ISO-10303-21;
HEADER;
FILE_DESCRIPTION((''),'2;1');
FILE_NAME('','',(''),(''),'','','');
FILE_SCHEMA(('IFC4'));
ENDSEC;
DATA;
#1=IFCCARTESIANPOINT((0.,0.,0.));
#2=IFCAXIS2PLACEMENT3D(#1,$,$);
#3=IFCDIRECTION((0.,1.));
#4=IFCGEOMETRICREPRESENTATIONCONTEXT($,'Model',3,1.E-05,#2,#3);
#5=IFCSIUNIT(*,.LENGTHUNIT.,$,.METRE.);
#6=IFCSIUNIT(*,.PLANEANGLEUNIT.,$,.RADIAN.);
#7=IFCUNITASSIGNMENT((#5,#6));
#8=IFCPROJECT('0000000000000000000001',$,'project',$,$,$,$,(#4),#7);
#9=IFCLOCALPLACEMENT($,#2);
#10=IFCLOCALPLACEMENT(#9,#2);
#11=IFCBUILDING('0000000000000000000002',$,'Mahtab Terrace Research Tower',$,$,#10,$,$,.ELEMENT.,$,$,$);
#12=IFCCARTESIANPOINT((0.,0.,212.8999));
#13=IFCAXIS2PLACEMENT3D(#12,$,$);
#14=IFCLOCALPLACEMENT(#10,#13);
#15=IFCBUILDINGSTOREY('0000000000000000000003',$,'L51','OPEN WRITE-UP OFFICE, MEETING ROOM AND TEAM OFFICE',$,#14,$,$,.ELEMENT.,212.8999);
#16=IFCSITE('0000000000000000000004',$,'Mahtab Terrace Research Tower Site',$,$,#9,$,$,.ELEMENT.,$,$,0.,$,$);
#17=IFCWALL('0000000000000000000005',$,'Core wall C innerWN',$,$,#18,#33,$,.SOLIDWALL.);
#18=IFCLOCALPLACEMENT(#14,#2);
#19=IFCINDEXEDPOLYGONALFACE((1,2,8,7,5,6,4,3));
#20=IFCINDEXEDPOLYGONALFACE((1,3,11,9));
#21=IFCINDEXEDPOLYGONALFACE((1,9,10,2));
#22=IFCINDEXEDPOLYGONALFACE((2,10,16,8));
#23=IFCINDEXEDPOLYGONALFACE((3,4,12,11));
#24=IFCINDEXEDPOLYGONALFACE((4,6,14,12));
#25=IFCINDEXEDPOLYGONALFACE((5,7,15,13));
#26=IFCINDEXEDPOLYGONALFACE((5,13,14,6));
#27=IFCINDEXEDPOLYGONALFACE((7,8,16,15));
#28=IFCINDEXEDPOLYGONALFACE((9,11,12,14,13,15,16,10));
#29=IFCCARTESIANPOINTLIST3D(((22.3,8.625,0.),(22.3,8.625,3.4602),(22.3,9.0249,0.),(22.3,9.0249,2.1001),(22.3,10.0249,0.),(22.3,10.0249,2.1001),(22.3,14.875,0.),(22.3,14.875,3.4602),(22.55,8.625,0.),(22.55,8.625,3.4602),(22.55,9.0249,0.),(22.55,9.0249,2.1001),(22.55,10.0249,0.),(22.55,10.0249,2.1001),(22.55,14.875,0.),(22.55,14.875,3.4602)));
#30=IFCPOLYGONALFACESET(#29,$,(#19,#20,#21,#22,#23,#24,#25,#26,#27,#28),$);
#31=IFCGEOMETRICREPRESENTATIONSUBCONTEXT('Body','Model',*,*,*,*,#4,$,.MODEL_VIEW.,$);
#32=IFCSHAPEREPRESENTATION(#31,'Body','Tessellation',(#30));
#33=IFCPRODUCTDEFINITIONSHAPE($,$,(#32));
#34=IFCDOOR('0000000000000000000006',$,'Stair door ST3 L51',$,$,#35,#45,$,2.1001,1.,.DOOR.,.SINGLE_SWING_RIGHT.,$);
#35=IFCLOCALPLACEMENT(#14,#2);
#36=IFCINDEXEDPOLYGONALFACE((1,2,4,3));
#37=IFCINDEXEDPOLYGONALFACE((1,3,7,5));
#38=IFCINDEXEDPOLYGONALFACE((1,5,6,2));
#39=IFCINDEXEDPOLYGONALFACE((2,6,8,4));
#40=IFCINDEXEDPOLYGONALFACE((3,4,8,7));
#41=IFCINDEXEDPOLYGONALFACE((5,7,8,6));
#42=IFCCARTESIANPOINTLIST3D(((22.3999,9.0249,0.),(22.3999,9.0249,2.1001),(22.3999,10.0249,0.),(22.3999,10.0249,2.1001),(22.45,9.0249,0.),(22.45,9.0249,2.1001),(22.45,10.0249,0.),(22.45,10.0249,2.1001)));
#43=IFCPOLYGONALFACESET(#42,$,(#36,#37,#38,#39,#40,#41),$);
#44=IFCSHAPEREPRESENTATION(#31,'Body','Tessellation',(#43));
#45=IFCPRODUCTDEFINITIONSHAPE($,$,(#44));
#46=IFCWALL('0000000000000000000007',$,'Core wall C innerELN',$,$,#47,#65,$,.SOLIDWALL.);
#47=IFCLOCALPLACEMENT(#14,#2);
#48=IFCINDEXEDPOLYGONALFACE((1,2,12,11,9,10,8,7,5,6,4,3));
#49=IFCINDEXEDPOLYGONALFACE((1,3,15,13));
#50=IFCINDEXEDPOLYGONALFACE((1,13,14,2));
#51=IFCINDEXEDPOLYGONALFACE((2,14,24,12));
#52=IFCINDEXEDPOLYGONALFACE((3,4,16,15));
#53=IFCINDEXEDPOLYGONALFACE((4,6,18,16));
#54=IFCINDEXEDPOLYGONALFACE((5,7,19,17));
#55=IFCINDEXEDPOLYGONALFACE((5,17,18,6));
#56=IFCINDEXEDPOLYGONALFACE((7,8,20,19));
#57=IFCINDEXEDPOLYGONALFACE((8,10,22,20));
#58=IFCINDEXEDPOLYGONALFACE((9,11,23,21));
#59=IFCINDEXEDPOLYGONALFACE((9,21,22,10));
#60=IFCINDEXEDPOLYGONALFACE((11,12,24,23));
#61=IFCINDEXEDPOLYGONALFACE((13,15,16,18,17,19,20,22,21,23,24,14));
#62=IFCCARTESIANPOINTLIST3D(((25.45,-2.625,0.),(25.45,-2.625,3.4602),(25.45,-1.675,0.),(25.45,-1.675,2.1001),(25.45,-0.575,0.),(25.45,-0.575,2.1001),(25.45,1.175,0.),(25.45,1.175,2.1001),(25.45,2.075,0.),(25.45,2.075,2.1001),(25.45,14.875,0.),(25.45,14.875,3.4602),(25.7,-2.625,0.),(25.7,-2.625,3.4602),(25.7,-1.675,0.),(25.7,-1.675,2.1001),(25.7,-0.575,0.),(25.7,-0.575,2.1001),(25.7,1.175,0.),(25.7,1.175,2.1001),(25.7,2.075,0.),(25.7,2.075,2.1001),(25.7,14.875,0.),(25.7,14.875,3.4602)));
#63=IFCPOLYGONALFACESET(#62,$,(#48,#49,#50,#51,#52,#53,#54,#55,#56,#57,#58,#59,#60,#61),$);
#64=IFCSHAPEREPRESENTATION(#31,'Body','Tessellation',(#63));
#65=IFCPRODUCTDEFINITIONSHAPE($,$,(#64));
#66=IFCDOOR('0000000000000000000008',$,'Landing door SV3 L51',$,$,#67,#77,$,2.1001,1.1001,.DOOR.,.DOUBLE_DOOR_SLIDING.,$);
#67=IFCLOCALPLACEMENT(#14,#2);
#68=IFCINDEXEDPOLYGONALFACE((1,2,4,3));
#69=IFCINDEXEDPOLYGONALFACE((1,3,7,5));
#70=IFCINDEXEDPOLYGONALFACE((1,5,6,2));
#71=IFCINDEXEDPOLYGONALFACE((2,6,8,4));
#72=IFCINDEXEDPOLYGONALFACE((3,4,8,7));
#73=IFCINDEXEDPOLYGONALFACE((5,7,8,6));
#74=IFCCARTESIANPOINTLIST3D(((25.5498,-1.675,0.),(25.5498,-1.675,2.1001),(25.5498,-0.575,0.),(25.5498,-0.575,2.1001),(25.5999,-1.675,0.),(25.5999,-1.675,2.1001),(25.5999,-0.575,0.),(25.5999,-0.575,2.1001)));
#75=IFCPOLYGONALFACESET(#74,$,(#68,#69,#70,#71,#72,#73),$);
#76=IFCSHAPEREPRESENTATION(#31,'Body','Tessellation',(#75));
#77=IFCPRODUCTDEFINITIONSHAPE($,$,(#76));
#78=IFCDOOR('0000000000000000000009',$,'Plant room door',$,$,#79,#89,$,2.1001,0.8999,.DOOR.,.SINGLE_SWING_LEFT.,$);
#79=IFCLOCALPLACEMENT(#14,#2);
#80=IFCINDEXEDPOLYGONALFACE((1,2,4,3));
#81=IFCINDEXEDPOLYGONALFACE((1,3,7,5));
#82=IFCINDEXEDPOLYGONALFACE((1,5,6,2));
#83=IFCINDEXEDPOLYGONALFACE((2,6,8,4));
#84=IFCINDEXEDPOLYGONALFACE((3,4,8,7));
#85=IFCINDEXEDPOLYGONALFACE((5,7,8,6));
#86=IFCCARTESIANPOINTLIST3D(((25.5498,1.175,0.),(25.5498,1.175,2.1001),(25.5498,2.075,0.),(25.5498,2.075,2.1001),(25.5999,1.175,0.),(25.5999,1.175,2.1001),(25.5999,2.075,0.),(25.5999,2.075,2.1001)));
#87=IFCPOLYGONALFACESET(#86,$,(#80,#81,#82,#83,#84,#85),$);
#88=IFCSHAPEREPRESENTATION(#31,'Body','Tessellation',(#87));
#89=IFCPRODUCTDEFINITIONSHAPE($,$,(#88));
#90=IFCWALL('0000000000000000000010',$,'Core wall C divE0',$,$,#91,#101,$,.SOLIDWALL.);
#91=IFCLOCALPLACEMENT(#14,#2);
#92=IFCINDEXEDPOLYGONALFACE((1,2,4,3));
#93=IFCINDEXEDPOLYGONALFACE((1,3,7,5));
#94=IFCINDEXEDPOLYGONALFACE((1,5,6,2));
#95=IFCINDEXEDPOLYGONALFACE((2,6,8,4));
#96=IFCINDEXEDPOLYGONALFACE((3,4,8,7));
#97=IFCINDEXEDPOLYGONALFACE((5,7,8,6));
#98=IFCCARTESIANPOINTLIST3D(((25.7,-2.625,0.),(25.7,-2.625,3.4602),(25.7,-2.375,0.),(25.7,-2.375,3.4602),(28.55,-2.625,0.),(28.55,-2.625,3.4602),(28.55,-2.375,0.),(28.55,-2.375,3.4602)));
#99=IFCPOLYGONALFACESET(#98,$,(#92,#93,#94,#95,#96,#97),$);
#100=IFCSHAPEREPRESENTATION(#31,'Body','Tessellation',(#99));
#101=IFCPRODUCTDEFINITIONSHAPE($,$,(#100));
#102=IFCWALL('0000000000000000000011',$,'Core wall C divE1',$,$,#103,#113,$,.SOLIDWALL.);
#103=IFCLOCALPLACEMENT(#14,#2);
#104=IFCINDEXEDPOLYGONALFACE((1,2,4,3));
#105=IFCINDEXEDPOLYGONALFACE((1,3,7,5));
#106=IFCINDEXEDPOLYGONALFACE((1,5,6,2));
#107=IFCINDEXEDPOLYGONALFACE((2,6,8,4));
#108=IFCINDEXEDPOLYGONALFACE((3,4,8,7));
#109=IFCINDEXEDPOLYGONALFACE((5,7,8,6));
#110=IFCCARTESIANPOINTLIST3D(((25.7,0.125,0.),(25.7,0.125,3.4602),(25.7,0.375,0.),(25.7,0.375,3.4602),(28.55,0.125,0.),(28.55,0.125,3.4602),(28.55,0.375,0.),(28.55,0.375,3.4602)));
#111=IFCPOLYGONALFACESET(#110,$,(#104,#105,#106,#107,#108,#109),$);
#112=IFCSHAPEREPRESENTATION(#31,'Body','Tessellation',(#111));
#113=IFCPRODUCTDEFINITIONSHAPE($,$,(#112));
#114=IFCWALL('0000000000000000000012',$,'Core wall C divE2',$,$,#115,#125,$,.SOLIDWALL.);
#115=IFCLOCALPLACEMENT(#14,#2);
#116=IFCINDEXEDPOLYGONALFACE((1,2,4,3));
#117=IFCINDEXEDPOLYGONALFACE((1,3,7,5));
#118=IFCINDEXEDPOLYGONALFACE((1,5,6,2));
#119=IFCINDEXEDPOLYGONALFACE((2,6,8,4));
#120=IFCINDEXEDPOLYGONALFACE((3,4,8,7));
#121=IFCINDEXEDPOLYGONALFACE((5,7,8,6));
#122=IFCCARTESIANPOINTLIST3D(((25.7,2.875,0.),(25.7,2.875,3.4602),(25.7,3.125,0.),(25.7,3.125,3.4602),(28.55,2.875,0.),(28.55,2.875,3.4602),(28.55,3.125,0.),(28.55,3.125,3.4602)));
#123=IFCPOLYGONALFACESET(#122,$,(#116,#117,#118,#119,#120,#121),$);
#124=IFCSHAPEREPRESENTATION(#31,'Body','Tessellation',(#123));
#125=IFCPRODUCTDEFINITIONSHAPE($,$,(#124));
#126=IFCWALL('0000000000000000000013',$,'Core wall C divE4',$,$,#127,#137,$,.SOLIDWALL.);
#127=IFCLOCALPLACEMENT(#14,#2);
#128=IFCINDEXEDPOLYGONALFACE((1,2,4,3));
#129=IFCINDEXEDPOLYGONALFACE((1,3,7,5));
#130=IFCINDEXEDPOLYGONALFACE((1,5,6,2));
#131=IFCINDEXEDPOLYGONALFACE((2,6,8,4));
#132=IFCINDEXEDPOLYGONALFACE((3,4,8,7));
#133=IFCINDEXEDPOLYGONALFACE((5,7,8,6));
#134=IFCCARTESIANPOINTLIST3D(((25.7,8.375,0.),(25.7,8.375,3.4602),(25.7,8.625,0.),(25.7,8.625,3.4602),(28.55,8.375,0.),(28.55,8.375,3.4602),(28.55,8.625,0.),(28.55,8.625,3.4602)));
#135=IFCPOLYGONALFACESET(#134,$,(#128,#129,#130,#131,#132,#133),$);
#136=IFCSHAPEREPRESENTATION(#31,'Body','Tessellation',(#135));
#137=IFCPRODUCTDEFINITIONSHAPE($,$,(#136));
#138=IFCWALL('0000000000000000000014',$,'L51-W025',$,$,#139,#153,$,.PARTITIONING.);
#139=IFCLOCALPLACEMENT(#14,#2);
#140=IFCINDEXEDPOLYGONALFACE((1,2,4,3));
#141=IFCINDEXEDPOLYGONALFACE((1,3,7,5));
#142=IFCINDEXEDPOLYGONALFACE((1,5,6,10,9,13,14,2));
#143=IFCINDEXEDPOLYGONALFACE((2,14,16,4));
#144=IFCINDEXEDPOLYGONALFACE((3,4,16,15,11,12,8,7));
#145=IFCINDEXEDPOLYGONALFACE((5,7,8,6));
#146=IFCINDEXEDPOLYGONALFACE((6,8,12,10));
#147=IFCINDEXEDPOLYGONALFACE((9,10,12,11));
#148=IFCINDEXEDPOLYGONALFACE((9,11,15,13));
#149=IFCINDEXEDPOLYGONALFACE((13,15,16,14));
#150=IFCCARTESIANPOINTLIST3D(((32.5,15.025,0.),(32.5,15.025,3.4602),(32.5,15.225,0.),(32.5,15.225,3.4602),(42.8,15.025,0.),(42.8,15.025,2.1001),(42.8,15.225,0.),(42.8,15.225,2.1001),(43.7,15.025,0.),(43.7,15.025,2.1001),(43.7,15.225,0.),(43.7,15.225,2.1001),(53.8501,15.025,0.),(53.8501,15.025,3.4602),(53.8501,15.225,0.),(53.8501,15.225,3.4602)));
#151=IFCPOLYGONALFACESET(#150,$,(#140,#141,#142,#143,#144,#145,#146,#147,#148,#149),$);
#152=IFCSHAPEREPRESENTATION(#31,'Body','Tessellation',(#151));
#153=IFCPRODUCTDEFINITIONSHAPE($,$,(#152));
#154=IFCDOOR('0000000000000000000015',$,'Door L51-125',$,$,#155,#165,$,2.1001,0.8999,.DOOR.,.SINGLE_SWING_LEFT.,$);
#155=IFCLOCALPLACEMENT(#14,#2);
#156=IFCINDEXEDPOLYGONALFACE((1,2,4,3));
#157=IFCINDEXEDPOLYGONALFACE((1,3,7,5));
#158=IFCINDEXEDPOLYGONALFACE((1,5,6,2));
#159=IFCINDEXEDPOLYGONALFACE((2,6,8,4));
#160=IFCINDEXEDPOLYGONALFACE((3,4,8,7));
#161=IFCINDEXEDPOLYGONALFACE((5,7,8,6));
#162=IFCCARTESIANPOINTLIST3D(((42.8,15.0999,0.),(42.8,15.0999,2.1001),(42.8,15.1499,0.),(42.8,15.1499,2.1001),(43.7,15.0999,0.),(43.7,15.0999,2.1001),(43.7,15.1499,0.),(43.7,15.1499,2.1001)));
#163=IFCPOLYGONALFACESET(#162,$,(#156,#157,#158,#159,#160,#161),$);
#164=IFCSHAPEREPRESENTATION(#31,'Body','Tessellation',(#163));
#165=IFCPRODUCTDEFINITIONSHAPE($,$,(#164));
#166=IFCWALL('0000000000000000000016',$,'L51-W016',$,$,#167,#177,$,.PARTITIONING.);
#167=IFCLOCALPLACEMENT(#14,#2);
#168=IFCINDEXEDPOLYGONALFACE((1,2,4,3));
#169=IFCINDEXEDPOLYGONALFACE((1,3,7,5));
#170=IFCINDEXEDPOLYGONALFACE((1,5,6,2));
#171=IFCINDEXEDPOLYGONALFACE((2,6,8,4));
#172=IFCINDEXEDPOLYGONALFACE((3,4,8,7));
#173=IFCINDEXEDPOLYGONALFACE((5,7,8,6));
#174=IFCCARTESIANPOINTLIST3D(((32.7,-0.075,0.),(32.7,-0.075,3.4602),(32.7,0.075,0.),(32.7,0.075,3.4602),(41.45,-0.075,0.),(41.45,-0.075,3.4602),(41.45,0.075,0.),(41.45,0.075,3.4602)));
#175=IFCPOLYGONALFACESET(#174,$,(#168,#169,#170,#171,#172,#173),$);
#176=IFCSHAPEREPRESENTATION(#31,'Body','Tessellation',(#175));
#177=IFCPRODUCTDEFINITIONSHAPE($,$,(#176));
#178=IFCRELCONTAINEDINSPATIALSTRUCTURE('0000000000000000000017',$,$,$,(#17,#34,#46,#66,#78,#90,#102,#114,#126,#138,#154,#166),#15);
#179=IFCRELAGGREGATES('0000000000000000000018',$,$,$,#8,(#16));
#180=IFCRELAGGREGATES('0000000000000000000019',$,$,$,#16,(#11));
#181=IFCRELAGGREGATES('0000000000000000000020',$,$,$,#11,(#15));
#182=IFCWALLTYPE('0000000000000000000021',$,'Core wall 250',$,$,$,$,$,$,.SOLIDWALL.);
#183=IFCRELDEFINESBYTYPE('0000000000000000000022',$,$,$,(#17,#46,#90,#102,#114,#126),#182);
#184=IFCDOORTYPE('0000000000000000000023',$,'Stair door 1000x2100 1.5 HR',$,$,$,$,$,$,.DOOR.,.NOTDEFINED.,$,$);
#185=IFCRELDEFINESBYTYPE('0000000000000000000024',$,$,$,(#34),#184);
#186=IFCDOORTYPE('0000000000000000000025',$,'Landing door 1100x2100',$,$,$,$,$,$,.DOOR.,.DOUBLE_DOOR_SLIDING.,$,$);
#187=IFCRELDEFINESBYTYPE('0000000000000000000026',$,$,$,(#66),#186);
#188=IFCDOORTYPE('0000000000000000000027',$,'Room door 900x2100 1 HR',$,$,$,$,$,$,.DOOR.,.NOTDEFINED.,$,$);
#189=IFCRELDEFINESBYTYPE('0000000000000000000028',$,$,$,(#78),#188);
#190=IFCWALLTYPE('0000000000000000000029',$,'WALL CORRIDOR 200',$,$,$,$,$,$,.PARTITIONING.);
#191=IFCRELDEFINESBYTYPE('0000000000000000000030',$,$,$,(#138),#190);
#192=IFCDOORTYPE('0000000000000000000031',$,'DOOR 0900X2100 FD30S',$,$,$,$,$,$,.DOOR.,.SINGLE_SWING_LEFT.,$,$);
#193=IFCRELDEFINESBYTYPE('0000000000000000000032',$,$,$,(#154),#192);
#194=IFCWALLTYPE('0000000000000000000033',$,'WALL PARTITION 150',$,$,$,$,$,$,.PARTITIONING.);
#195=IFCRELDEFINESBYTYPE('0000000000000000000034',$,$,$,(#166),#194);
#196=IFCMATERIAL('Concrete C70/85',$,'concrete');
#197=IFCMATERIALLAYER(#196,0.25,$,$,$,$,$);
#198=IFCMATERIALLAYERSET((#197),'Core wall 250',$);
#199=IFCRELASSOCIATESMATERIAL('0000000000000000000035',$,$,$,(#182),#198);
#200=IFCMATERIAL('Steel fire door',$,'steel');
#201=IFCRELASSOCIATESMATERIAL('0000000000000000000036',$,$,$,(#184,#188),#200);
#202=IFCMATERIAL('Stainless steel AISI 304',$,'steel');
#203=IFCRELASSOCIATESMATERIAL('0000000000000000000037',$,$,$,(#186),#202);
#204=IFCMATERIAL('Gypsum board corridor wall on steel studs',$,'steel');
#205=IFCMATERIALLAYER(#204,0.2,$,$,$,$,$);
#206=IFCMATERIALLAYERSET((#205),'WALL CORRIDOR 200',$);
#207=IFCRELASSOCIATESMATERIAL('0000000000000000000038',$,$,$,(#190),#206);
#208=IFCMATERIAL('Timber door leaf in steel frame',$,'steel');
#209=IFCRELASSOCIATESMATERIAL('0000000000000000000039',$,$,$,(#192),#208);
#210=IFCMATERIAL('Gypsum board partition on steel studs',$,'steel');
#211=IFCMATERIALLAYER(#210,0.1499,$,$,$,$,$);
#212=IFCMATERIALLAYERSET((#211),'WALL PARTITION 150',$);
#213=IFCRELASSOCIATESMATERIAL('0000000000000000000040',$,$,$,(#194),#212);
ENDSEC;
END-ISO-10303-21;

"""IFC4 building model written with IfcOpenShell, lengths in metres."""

from ifc_helpers import new_model, si_unit, direction, frame, frame_2d, origin, place, context, subcontext, project, spatial, rectangle, extrude, material, layer, layer_set, type_object, element, fill, save


model = new_model("IFC4")

# Units and contexts
model_context = context("Model", 3, precision=1e-05, world=origin(), true_north=direction((0.0, 1.0)))
body_context = subcontext(model_context, "Body", "Model", "MODEL_VIEW")
ifc_project = project(units=[si_unit("LENGTHUNIT", "METRE"), si_unit("PLANEANGLEUNIT", "RADIAN")], contexts=[model_context])

# Site, building, storey
site_placement = place(None, origin())
site = spatial("IfcSite", under=ifc_project, at=site_placement, Name="Mahtab Terrace Research Tower Site", CompositionType="ELEMENT", RefElevation=0.0)
building_placement = place(site_placement, origin())
building = spatial("IfcBuilding", under=site, at=building_placement, Name="Mahtab Terrace Research Tower", CompositionType="ELEMENT")
storey_placement = place(building_placement, frame((0.0, 0.0, 212.8999)))
storey = spatial("IfcBuildingStorey", under=building, at=storey_placement, Name="L51", Description="OPEN WRITE-UP OFFICE, MEETING ROOM AND TEAM OFFICE", CompositionType="ELEMENT", Elevation=212.8999)

# Shared definitions
ifc_material_1 = material(Name="Concrete C70/85", Category="concrete")

# Wall, opening, door
ifc_layer_1 = layer(ifc_material_1, 0.25)
ifc_layer_set_1 = layer_set([ifc_layer_1], Name="Core wall 250")
wall_type_1 = type_object("IfcWallType", Name="Core wall 250", PredefinedType="SOLIDWALL", material=ifc_layer_set_1)
wall_1_placement = place(storey_placement, frame((22.425, 14.875, 0.0), z_axis=(0.0, 0.0, 1.0), x_axis=(0.0, -1.0, 0.0)))
wall_1 = element("IfcWall", 1, at=wall_1_placement, inside=storey, type_object=wall_type_1, Name="Core wall C innerWN", PredefinedType="SOLIDWALL", context=body_context, shape_type="SweptSolid", body=[
    extrude(rectangle(XDim=6.25, YDim=0.25, at=frame_2d((3.125, 0.0))), origin(), (0.0, 0.0, 1.0), 3.4602),
])
opening_1_placement = place(wall_1_placement, frame((4.8501, 0.0, 0.0)))
opening_1 = element("IfcOpeningElement", 2, at=opening_1_placement, cuts=wall_1, PredefinedType="OPENING", context=body_context, shape_type="SweptSolid", body=[
    extrude(rectangle(XDim=1.0, YDim=2.1001, at=frame_2d((0.5, 1.05))), frame((0.0, 0.135, 0.0), z_axis=(0.0, -1.0, 0.0), x_axis=(1.0, 0.0, 0.0)), (0.0, 0.0, 1.0), 0.27),
])
ifc_material_2 = material(Name="Steel fire door", Category="steel")
door_type_1 = type_object("IfcDoorType", Name="Stair door 1000x2100 1.5 HR", OperationType="NOTDEFINED", PredefinedType="DOOR", material=ifc_material_2)
door_1_placement = place(opening_1_placement, origin())
door_1 = element("IfcDoor", 3, at=door_1_placement, inside=storey, type_object=door_type_1, Name="Stair door ST3 L51", OperationType="SINGLE_SWING_RIGHT", OverallHeight=2.1001, OverallWidth=1.0, PredefinedType="DOOR", context=body_context, shape_type="SweptSolid", body=[
    extrude(rectangle(XDim=1.0, YDim=2.1001, at=frame_2d((0.5, 1.05))), frame((0.0, 0.0249, 0.0), z_axis=(0.0, -1.0, 0.0), x_axis=(1.0, 0.0, 0.0)), (0.0, 0.0, 1.0), 0.05),
])
fill(opening_1, door_1)

# Wall, openings, doors
wall_2_placement = place(storey_placement, frame((25.575, 14.875, 0.0), z_axis=(0.0, 0.0, 1.0), x_axis=(0.0, -1.0, 0.0)))
wall_2 = element("IfcWall", 4, at=wall_2_placement, inside=storey, type_object=wall_type_1, Name="Core wall C innerELN", PredefinedType="SOLIDWALL", context=body_context, shape_type="SweptSolid", body=[
    extrude(rectangle(XDim=17.5, YDim=0.25, at=frame_2d((8.75, 0.0))), origin(), (0.0, 0.0, 1.0), 3.4602),
])
opening_2_placement = place(wall_2_placement, frame((15.45, 0.0, 0.0)))
opening_2 = element("IfcOpeningElement", 5, at=opening_2_placement, cuts=wall_2, PredefinedType="OPENING", context=body_context, shape_type="SweptSolid", body=[
    extrude(rectangle(XDim=1.1001, YDim=2.1001, at=frame_2d((0.55, 1.05))), frame((0.0, 0.135, 0.0), z_axis=(0.0, -1.0, 0.0), x_axis=(1.0, 0.0, 0.0)), (0.0, 0.0, 1.0), 0.27),
])
opening_3_placement = place(wall_2_placement, frame((12.8, 0.0, 0.0)))
opening_3 = element("IfcOpeningElement", 6, at=opening_3_placement, cuts=wall_2, PredefinedType="OPENING", context=body_context, shape_type="SweptSolid", body=[
    extrude(rectangle(XDim=0.8999, YDim=2.1001, at=frame_2d((0.45, 1.05))), frame((0.0, 0.135, 0.0), z_axis=(0.0, -1.0, 0.0), x_axis=(1.0, 0.0, 0.0)), (0.0, 0.0, 1.0), 0.27),
])
ifc_material_3 = material(Name="Stainless steel AISI 304", Category="steel")
door_type_2 = type_object("IfcDoorType", Name="Landing door 1100x2100", OperationType="DOUBLE_DOOR_SLIDING", PredefinedType="DOOR", material=ifc_material_3)
door_2_placement = place(opening_2_placement, origin())
door_2 = element("IfcDoor", 7, at=door_2_placement, inside=storey, type_object=door_type_2, Name="Landing door SV3 L51", OperationType="DOUBLE_DOOR_SLIDING", OverallHeight=2.1001, OverallWidth=1.1001, PredefinedType="DOOR", context=body_context, shape_type="SweptSolid", body=[
    extrude(rectangle(XDim=1.1001, YDim=2.1001, at=frame_2d((0.55, 1.05))), frame((0.0, 0.0249, 0.0), z_axis=(0.0, -1.0, 0.0), x_axis=(1.0, 0.0, 0.0)), (0.0, 0.0, 1.0), 0.05),
])
fill(opening_2, door_2)
door_type_3 = type_object("IfcDoorType", Name="Room door 900x2100 1 HR", OperationType="NOTDEFINED", PredefinedType="DOOR", material=ifc_material_2)
door_3_placement = place(opening_3_placement, origin())
door_3 = element("IfcDoor", 8, at=door_3_placement, inside=storey, type_object=door_type_3, Name="Plant room door", OperationType="SINGLE_SWING_LEFT", OverallHeight=2.1001, OverallWidth=0.8999, PredefinedType="DOOR", context=body_context, shape_type="SweptSolid", body=[
    extrude(rectangle(XDim=0.8999, YDim=2.1001, at=frame_2d((0.45, 1.05))), frame((0.0, 0.0249, 0.0), z_axis=(0.0, -1.0, 0.0), x_axis=(1.0, 0.0, 0.0)), (0.0, 0.0, 1.0), 0.05),
])
fill(opening_3, door_3)

# Walls
for number, where, z_axis, x_axis, name in (
    (9, (25.7, -2.5, 0.0), (0.0, 0.0, 1.0), (1.0, 0.0, 0.0), "Core wall C divE0"),
    (10, (25.7, 0.25, 0.0), (0.0, 0.0, 1.0), (1.0, 0.0, 0.0), "Core wall C divE1"),
    (11, (25.7, 3.0, 0.0), (0.0, 0.0, 1.0), (1.0, 0.0, 0.0), "Core wall C divE2"),
    (12, (25.7, 8.5, 0.0), (0.0, 0.0, 1.0), (1.0, 0.0, 0.0), "Core wall C divE4"),
):
    element("IfcWall", number, at=place(storey_placement, frame(where, z_axis=z_axis, x_axis=x_axis)), inside=storey, type_object=wall_type_1, Name=name, PredefinedType="SOLIDWALL", context=body_context, shape_type="SweptSolid", body=[
        extrude(rectangle(XDim=2.8501, YDim=0.25, at=frame_2d((1.425, 0.0))), origin(), (0.0, 0.0, 1.0), 3.4602),
    ])

# Wall, opening, door
ifc_material_4 = material(Name="Gypsum board corridor wall on steel studs", Category="steel")
ifc_layer_2 = layer(ifc_material_4, 0.2)
ifc_layer_set_2 = layer_set([ifc_layer_2], Name="WALL CORRIDOR 200")
wall_type_2 = type_object("IfcWallType", Name="WALL CORRIDOR 200", PredefinedType="PARTITIONING", material=ifc_layer_set_2)
wall_3_placement = place(storey_placement, frame((32.5, 15.125, 0.0), z_axis=(0.0, 0.0, 1.0), x_axis=(1.0, 0.0, 0.0)))
wall_3 = element("IfcWall", 13, at=wall_3_placement, inside=storey, type_object=wall_type_2, Name="L51-W025", PredefinedType="PARTITIONING", context=body_context, shape_type="SweptSolid", body=[
    extrude(rectangle(XDim=21.3501, YDim=0.2, at=frame_2d((10.675, 0.0))), origin(), (0.0, 0.0, 1.0), 3.4602),
])
opening_4_placement = place(wall_3_placement, frame((10.3, 0.0, 0.0)))
opening_4 = element("IfcOpeningElement", 14, at=opening_4_placement, cuts=wall_3, PredefinedType="OPENING", context=body_context, shape_type="SweptSolid", body=[
    extrude(rectangle(XDim=0.8999, YDim=2.1001, at=frame_2d((0.45, 1.05))), frame((0.0, 0.1099, 0.0), z_axis=(0.0, -1.0, 0.0), x_axis=(1.0, 0.0, 0.0)), (0.0, 0.0, 1.0), 0.22),
])
ifc_material_5 = material(Name="Timber door leaf in steel frame", Category="steel")
door_type_4 = type_object("IfcDoorType", Name="DOOR 0900X2100 FD30S", OperationType="SINGLE_SWING_LEFT", PredefinedType="DOOR", material=ifc_material_5)
door_4_placement = place(opening_4_placement, origin())
door_4 = element("IfcDoor", 15, at=door_4_placement, inside=storey, type_object=door_type_4, Name="Door L51-125", OperationType="SINGLE_SWING_LEFT", OverallHeight=2.1001, OverallWidth=0.8999, PredefinedType="DOOR", context=body_context, shape_type="SweptSolid", body=[
    extrude(rectangle(XDim=0.8999, YDim=2.1001, at=frame_2d((0.45, 1.05))), frame((0.0, 0.0249, 0.0), z_axis=(0.0, -1.0, 0.0), x_axis=(1.0, 0.0, 0.0)), (0.0, 0.0, 1.0), 0.05),
])
fill(opening_4, door_4)

# Wall
ifc_material_6 = material(Name="Gypsum board partition on steel studs", Category="steel")
ifc_layer_3 = layer(ifc_material_6, 0.1499)
ifc_layer_set_3 = layer_set([ifc_layer_3], Name="WALL PARTITION 150")
wall_type_3 = type_object("IfcWallType", Name="WALL PARTITION 150", PredefinedType="PARTITIONING", material=ifc_layer_set_3)
wall_4_placement = place(storey_placement, frame((32.7, 0.0, 0.0), z_axis=(0.0, 0.0, 1.0), x_axis=(1.0, 0.0, 0.0)))
element("IfcWall", 16, at=wall_4_placement, inside=storey, type_object=wall_type_3, Name="L51-W016", PredefinedType="PARTITIONING", context=body_context, shape_type="SweptSolid", body=[
    extrude(rectangle(XDim=8.75, YDim=0.1499, at=frame_2d((4.375, 0.0))), origin(), (0.0, 0.0, 1.0), 3.4602),
])

save(model, "model.ifc")
